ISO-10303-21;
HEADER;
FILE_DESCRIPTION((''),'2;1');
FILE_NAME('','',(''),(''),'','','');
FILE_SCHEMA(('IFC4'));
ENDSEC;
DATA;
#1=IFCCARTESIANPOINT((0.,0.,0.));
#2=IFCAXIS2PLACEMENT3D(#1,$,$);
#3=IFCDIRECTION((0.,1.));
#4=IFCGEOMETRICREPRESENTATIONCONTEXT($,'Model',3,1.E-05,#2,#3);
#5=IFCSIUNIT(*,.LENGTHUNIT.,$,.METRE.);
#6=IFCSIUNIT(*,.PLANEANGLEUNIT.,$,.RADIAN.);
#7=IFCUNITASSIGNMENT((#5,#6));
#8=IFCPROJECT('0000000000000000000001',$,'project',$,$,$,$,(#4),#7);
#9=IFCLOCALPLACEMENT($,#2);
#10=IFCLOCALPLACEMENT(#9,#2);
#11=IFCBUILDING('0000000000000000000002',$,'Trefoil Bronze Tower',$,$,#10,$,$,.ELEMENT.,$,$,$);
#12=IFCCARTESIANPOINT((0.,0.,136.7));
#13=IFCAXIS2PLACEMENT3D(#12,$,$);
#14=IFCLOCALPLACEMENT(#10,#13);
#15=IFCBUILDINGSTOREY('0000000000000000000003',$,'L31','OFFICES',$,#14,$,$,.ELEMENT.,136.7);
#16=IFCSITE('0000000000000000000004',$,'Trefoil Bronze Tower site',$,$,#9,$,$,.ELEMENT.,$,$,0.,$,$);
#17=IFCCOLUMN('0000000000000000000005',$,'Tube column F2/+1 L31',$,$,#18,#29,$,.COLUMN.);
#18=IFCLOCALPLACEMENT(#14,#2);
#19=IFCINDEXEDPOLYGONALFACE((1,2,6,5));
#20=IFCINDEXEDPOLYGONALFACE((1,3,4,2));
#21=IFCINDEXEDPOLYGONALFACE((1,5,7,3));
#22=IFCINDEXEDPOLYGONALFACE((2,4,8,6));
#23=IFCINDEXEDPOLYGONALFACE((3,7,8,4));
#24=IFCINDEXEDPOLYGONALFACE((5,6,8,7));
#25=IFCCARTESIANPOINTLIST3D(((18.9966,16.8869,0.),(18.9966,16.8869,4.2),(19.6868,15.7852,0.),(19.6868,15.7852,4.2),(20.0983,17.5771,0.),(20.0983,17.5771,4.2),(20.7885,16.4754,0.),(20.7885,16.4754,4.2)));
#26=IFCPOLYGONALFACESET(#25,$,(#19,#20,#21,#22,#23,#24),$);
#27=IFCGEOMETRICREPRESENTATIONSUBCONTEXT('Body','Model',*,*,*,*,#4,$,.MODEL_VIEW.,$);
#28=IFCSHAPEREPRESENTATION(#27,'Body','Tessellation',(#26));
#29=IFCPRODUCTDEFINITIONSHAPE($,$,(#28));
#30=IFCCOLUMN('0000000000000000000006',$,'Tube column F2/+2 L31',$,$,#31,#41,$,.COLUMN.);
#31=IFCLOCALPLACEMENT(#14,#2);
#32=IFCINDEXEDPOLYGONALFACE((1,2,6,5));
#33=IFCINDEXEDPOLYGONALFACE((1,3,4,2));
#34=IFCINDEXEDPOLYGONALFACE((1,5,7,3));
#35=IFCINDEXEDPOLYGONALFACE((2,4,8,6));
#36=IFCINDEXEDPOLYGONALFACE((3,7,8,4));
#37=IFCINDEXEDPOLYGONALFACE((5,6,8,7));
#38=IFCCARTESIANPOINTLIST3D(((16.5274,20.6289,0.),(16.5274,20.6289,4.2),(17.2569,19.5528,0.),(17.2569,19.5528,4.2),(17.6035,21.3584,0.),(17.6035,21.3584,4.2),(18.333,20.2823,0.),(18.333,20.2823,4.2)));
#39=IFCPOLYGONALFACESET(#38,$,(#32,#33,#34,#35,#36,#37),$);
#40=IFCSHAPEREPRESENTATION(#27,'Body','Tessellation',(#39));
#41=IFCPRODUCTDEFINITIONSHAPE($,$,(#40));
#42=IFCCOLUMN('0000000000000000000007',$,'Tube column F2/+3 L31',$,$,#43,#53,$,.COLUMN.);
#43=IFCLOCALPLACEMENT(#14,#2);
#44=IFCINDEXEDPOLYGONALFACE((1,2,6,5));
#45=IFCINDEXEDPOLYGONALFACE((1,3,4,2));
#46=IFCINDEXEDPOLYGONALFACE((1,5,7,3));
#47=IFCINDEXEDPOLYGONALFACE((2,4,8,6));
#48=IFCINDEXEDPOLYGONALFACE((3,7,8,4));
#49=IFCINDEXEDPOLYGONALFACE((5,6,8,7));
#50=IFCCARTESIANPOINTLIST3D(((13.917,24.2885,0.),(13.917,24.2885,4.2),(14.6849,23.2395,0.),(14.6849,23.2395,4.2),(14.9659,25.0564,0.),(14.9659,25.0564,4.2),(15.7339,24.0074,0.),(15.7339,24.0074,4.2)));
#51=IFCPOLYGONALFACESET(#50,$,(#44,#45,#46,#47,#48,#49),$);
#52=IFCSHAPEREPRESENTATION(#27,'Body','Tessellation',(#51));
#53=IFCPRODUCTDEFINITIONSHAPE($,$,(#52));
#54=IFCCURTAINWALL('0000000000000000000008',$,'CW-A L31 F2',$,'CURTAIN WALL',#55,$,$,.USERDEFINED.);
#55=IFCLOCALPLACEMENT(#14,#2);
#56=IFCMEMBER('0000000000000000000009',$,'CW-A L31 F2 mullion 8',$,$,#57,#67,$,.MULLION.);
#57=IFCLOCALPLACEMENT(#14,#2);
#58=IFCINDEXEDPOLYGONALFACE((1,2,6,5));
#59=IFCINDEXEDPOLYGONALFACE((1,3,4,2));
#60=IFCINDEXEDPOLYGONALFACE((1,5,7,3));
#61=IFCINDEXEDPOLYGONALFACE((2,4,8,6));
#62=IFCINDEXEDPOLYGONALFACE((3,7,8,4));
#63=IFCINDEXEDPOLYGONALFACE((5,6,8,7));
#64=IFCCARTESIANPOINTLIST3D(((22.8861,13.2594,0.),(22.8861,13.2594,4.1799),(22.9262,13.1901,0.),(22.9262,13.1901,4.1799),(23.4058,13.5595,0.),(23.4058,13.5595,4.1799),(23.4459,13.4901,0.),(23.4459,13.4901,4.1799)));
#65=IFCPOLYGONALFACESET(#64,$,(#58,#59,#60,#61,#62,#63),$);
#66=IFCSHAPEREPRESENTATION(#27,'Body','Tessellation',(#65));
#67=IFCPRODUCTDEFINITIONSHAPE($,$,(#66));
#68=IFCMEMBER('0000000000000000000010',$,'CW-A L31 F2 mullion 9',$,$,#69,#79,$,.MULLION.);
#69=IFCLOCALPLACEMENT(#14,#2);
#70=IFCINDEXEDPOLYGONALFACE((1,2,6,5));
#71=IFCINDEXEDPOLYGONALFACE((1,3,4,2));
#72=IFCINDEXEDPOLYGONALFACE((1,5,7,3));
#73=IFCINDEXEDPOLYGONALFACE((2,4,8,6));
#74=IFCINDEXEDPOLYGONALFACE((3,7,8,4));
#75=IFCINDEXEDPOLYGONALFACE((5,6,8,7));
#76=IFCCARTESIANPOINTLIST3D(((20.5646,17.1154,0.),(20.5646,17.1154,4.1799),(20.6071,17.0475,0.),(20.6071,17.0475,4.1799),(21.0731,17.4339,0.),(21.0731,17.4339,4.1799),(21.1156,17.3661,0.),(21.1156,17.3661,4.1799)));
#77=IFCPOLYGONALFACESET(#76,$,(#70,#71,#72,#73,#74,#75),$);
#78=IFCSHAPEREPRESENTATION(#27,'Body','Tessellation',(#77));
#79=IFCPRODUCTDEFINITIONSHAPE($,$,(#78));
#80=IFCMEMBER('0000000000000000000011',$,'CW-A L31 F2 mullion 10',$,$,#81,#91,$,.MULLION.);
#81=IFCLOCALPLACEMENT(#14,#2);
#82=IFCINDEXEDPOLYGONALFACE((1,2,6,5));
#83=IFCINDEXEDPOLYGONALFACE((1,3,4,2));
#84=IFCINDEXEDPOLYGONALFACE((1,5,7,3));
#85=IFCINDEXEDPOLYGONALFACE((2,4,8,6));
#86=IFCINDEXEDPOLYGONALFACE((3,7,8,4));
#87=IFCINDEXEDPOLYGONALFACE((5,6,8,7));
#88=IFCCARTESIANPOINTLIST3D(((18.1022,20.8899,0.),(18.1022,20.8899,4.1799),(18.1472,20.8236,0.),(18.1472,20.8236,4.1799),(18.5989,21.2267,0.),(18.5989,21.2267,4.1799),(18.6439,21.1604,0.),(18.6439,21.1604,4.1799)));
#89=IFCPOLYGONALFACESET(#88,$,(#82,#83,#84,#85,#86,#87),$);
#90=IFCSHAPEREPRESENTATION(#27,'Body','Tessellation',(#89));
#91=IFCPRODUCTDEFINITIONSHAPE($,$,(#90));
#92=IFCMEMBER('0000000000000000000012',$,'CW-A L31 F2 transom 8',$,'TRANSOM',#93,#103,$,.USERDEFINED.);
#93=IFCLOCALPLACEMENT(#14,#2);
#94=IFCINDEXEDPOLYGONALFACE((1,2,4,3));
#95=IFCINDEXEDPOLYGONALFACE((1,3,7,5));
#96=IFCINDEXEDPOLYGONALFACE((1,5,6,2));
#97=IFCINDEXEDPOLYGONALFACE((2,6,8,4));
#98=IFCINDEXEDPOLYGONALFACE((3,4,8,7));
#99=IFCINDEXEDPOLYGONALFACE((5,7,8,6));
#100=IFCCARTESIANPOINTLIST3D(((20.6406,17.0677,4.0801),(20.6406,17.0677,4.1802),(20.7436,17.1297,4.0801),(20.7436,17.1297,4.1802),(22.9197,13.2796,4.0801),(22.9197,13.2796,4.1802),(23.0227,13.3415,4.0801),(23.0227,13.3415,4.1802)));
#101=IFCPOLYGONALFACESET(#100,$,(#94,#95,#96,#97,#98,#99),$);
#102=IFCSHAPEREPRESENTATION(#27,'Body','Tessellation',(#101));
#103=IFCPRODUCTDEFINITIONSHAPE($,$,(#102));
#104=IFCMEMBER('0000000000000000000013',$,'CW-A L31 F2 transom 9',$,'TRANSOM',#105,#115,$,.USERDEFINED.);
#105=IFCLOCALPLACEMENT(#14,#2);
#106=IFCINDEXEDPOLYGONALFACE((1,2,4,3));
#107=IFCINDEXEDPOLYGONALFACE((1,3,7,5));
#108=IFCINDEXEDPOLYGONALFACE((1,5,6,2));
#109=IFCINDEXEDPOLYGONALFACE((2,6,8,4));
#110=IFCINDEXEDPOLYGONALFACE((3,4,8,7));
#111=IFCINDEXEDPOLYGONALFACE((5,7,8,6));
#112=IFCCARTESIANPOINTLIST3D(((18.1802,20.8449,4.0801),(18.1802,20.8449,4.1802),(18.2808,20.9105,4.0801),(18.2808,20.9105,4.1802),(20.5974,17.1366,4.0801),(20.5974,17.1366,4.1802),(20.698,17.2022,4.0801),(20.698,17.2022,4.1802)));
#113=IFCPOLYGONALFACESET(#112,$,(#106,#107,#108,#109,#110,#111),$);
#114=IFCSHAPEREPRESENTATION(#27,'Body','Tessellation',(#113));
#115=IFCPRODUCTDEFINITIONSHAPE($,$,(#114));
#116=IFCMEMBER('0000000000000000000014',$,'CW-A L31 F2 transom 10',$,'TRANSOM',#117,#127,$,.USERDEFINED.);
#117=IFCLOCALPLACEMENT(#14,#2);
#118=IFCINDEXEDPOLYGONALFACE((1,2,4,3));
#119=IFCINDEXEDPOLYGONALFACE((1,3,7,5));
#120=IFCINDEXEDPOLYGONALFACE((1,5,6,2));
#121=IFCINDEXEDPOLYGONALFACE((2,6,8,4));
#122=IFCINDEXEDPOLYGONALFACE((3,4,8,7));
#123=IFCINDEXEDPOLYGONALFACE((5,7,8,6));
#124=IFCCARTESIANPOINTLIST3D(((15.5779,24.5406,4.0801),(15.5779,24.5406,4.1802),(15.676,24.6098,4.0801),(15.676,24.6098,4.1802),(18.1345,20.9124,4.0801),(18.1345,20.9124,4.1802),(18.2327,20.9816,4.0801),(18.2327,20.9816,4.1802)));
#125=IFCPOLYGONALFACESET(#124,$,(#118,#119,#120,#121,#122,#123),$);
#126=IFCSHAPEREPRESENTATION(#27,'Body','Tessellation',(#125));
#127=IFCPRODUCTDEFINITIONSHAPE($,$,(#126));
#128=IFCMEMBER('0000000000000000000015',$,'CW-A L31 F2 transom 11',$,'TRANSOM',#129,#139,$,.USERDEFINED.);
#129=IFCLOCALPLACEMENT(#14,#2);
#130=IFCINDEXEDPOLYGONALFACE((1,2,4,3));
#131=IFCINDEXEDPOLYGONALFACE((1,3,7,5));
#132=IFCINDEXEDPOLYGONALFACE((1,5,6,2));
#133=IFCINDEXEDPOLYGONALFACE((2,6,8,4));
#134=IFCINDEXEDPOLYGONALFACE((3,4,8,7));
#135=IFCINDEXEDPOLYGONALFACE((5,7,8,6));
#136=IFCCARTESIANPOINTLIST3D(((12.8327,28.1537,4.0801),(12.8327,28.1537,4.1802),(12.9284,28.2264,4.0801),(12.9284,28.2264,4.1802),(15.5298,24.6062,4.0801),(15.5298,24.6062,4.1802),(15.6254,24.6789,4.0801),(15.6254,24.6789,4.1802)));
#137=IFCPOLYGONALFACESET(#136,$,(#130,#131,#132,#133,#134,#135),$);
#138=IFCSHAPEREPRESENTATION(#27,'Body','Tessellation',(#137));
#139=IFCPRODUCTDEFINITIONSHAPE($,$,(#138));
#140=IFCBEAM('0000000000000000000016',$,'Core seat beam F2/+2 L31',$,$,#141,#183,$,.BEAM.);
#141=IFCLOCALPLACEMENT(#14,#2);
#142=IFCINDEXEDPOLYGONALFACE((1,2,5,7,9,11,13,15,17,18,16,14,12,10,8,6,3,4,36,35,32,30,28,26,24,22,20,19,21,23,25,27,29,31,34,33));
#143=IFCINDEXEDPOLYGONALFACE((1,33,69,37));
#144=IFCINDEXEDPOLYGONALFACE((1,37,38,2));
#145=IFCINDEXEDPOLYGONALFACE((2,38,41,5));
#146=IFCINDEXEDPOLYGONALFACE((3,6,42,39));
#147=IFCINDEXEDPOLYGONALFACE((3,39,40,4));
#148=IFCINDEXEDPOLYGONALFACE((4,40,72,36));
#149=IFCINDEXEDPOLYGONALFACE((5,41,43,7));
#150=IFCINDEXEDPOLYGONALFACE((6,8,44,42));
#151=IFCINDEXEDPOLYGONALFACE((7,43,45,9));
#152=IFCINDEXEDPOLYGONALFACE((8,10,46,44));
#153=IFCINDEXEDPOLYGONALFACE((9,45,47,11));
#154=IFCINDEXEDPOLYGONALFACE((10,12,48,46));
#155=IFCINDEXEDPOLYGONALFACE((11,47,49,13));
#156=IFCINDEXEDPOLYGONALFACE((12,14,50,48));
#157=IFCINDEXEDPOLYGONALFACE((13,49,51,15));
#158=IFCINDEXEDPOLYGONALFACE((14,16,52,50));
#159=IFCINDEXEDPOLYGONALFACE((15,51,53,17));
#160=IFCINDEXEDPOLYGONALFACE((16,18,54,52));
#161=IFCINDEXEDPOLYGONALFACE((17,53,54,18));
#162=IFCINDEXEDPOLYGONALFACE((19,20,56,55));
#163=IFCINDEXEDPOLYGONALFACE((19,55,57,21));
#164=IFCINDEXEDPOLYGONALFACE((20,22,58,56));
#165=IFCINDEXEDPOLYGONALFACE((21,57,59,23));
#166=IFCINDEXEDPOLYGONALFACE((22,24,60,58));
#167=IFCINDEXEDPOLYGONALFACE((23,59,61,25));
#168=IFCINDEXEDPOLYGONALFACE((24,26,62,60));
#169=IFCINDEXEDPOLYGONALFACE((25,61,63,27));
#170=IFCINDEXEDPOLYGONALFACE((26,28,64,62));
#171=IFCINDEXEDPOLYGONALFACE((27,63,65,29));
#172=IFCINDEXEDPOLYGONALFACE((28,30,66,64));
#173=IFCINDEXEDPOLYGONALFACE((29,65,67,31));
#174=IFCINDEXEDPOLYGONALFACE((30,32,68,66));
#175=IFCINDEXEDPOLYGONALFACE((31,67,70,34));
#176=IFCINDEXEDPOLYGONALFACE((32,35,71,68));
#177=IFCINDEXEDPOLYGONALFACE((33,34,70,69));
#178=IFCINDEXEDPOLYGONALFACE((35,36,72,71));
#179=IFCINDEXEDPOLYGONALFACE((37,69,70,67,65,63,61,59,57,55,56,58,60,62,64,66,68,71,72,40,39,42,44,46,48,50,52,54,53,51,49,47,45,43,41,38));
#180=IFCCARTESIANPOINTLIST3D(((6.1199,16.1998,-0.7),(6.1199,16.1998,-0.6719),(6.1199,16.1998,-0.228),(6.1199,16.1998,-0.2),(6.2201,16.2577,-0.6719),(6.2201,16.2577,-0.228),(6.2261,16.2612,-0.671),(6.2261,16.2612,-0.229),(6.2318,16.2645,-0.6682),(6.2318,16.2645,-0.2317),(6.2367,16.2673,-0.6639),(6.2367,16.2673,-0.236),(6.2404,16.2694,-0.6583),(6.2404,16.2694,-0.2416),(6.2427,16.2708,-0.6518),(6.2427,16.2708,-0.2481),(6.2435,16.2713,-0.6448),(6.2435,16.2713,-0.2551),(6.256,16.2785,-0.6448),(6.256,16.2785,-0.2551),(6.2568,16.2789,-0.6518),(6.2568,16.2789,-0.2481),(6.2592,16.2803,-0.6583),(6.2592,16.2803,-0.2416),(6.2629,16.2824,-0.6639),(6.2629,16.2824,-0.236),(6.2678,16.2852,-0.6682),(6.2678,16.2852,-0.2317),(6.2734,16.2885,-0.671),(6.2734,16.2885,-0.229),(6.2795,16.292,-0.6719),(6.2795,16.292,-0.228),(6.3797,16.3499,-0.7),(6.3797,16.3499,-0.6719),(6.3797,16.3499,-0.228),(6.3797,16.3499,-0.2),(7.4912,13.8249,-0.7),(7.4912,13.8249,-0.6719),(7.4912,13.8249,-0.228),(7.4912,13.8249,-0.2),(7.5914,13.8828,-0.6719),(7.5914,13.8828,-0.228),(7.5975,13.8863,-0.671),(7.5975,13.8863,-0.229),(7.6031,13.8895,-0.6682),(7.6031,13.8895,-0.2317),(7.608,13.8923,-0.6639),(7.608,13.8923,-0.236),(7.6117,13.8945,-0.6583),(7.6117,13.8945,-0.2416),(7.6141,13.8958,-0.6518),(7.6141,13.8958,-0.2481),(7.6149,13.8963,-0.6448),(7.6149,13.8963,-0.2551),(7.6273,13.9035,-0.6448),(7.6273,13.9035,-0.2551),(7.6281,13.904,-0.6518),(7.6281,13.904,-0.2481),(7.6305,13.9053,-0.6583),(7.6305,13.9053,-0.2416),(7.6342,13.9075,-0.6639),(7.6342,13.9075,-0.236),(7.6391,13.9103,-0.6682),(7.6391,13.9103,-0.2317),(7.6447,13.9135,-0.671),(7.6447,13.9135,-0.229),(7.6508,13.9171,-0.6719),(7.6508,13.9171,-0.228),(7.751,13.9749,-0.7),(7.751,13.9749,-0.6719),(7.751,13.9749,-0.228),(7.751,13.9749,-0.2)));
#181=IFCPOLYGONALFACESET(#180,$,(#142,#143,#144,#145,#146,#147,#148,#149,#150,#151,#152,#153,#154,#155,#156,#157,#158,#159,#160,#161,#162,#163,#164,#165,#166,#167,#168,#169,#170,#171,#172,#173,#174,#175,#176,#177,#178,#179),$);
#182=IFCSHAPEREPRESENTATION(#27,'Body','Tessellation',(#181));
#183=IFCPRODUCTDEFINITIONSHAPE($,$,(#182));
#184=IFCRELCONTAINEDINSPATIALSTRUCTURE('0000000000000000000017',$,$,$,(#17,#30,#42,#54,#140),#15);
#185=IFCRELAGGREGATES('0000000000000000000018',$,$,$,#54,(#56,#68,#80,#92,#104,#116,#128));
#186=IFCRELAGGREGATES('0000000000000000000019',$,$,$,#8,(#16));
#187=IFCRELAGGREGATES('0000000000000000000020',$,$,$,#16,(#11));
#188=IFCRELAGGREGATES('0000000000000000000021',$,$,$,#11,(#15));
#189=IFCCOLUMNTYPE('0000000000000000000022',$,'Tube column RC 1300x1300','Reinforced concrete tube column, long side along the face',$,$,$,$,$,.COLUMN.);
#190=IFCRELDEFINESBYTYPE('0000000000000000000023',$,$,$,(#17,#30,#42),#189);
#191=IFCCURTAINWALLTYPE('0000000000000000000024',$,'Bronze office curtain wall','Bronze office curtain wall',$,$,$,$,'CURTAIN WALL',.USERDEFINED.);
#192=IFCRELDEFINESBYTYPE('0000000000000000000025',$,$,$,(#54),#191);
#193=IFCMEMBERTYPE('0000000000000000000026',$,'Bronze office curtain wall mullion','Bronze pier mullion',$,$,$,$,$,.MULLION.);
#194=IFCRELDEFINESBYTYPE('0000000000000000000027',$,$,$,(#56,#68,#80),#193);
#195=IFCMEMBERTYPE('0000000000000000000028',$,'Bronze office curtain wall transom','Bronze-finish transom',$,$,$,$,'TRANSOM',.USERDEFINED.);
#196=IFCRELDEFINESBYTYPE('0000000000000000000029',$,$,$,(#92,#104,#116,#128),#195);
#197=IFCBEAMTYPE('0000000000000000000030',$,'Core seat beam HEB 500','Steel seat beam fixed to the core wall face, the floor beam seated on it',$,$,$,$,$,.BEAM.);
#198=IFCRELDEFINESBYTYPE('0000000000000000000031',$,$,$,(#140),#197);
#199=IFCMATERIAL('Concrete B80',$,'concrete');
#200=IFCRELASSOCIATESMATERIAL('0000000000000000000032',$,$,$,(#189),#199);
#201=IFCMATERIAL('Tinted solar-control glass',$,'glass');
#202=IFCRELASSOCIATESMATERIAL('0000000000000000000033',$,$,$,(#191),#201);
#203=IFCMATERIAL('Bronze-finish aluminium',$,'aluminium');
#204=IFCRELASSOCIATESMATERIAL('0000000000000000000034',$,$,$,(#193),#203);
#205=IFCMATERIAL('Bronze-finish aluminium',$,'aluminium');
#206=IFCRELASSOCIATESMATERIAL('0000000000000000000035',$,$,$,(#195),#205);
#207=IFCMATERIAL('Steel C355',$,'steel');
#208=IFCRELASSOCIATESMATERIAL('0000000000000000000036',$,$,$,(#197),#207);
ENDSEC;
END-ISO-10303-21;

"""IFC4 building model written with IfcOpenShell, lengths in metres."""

from ifc_helpers import new_model, si_unit, direction, frame, origin, origin_2d, place, context, subcontext, project, spatial, rectangle, i_section, extrude, material, material_profile, profile_set, type_object, element, aggregate, save


model = new_model("IFC4")

# Units and contexts
model_context = context("Model", 3, precision=1e-05, world=origin(), true_north=direction((0.0, 1.0)))
body_context = subcontext(model_context, "Body", "Model", "MODEL_VIEW")
ifc_project = project(units=[si_unit("LENGTHUNIT", "METRE"), si_unit("PLANEANGLEUNIT", "RADIAN")], contexts=[model_context])

# Site, building, storey
site_placement = place(None, origin())
site = spatial("IfcSite", under=ifc_project, at=site_placement, Name="Trefoil Bronze Tower site", CompositionType="ELEMENT", RefElevation=0.0)
building_placement = place(site_placement, origin())
building = spatial("IfcBuilding", under=site, at=building_placement, Name="Trefoil Bronze Tower", CompositionType="ELEMENT")
storey_placement = place(building_placement, frame((0.0, 0.0, 136.7)))
storey = spatial("IfcBuildingStorey", under=building, at=storey_placement, Name="L31", Description="OFFICES", CompositionType="ELEMENT", Elevation=136.7)

# Columns
ifc_material_1 = material(Name="Concrete B80", Category="concrete")
ifc_material_profile_1 = material_profile(ifc_material_1, rectangle(XDim=1.3, YDim=1.3, at=origin_2d()), Name="RC 1300x1300")
ifc_profile_set_1 = profile_set([ifc_material_profile_1], Name="Concrete B80")
column_type = type_object("IfcColumnType", Name="Tube column RC 1300x1300", Description="Reinforced concrete tube column, long side along the face", PredefinedType="COLUMN", material=ifc_profile_set_1)
for number, where, z_axis, x_axis, name in (
    (1, (19.8926, 16.6812, 0.0), (0.0, 0.0, 1.0), (-0.530893, 0.847439, 0.0), "Tube column F2/+1 L31"),
    (2, (17.4302, 20.4556, 0.0), (0.0, 0.0, 1.0), (-0.561136, 0.827724, 0.0), "Tube column F2/+2 L31"),
    (3, (14.8254, 24.1479, 0.0), (0.0, 0.0, 1.0), (-0.590723, 0.806875, 0.0), "Tube column F2/+3 L31"),
):
    element("IfcColumn", number, at=place(storey_placement, frame(where, z_axis=z_axis, x_axis=x_axis)), inside=storey, type_object=column_type, Name=name, PredefinedType="COLUMN", context=body_context, shape_type="SweptSolid", body=[
        extrude(rectangle(XDim=1.3, YDim=1.3, at=origin_2d()), origin(), (0.0, 0.0, 1.0), 4.2),
    ])

# Curtain wall, members
ifc_material_2 = material(Name="Tinted solar-control glass", Category="glass")
curtain_wall_type = type_object("IfcCurtainWallType", Name="Bronze office curtain wall", Description="Bronze office curtain wall", ElementType="CURTAIN WALL", PredefinedType="USERDEFINED", material=ifc_material_2)
curtain_wall_placement = place(storey_placement, origin())
curtain_wall = element("IfcCurtainWall", 4, at=curtain_wall_placement, inside=storey, type_object=curtain_wall_type, Name="CW-A L31 F2", ObjectType="CURTAIN WALL", PredefinedType="USERDEFINED")
ifc_material_3 = material(Name="Bronze-finish aluminium", Category="aluminium")
ifc_material_profile_2 = material_profile(ifc_material_3, rectangle(XDim=0.6001, YDim=0.0801, at=origin_2d()), Name="CW-A mullion")
ifc_profile_set_2 = profile_set([ifc_material_profile_2], Name="Bronze-finish aluminium")
member_type_1 = type_object("IfcMemberType", Name="Bronze office curtain wall mullion", Description="Bronze pier mullion", PredefinedType="MULLION", material=ifc_profile_set_2)
member_1_placement = place(storey_placement, frame((23.166, 13.3748, 0.0), z_axis=(0.0, 0.0, 1.0), x_axis=(-0.866025, -0.5, 0.0)))
member_1 = element("IfcMember", 5, at=member_1_placement, type_object=member_type_1, Name="CW-A L31 F2 mullion 8", PredefinedType="MULLION", context=body_context, shape_type="SweptSolid", body=[
    extrude(rectangle(XDim=0.6001, YDim=0.0801, at=origin_2d()), origin(), (0.0, 0.0, 1.0), 4.1799),
])
member_2_placement = place(storey_placement, frame((20.8401, 17.2407, 0.0), z_axis=(0.0, 0.0, 1.0), x_axis=(-0.847439, -0.530893, 0.0)))
member_2 = element("IfcMember", 6, at=member_2_placement, type_object=member_type_1, Name="CW-A L31 F2 mullion 9", PredefinedType="MULLION", context=body_context, shape_type="SweptSolid", body=[
    extrude(rectangle(XDim=0.6001, YDim=0.0801, at=origin_2d()), origin(), (0.0, 0.0, 1.0), 4.1799),
])
member_3_placement = place(storey_placement, frame((18.373, 21.0251, 0.0), z_axis=(0.0, 0.0, 1.0), x_axis=(-0.827724, -0.561136, 0.0)))
member_3 = element("IfcMember", 7, at=member_3_placement, type_object=member_type_1, Name="CW-A L31 F2 mullion 10", PredefinedType="MULLION", context=body_context, shape_type="SweptSolid", body=[
    extrude(rectangle(XDim=0.6001, YDim=0.0801, at=origin_2d()), origin(), (0.0, 0.0, 1.0), 4.1799),
])
ifc_material_4 = material(Name="Bronze-finish aluminium", Category="aluminium")
ifc_material_profile_3 = material_profile(ifc_material_4, rectangle(XDim=0.1201, YDim=0.1001, at=origin_2d()), Name="CW-A transom")
ifc_profile_set_3 = profile_set([ifc_material_profile_3], Name="Bronze-finish aluminium")
member_type_2 = type_object("IfcMemberType", Name="Bronze office curtain wall transom", Description="Bronze-finish transom", ElementType="TRANSOM", PredefinedType="USERDEFINED", material=ifc_profile_set_3)
member_4_placement = place(storey_placement, frame((22.9712, 13.3105, 4.1301), z_axis=(-0.515527, 0.856873, 0.0), x_axis=(-0.856873, -0.515527, 0.0)))
member_4 = element("IfcMember", 8, at=member_4_placement, type_object=member_type_2, Name="CW-A L31 F2 transom 8", ObjectType="TRANSOM", PredefinedType="USERDEFINED", context=body_context, shape_type="SweptSolid", body=[
    extrude(rectangle(XDim=0.1201, YDim=0.1001, at=origin_2d()), origin(), (0.0, 0.0, 1.0), 4.4209),
])
member_5_placement = place(storey_placement, frame((20.6477, 17.1694, 4.1301), z_axis=(-0.546079, 0.837733, 0.0), x_axis=(-0.837733, -0.546079, 0.0)))
member_5 = element("IfcMember", 9, at=member_5_placement, type_object=member_type_2, Name="CW-A L31 F2 transom 9", ObjectType="TRANSOM", PredefinedType="USERDEFINED", context=body_context, shape_type="SweptSolid", body=[
    extrude(rectangle(XDim=0.1201, YDim=0.1001, at=origin_2d()), origin(), (0.0, 0.0, 1.0), 4.4265),
])
member_6_placement = place(storey_placement, frame((18.1836, 20.947, 4.1301), z_axis=(-0.576018, 0.817437, 0.0), x_axis=(-0.817437, -0.576018, 0.0)))
member_6 = element("IfcMember", 10, at=member_6_placement, type_object=member_type_2, Name="CW-A L31 F2 transom 10", ObjectType="TRANSOM", PredefinedType="USERDEFINED", context=body_context, shape_type="SweptSolid", body=[
    extrude(rectangle(XDim=0.1201, YDim=0.1001, at=origin_2d()), origin(), (0.0, 0.0, 1.0), 4.4385),
])
member_7_placement = place(storey_placement, frame((15.5776, 24.6426, 4.1301), z_axis=(-0.605229, 0.796051, 0.0), x_axis=(-0.796051, -0.605229, 0.0)))
member_7 = element("IfcMember", 11, at=member_7_placement, type_object=member_type_2, Name="CW-A L31 F2 transom 11", ObjectType="TRANSOM", PredefinedType="USERDEFINED", context=body_context, shape_type="SweptSolid", body=[
    extrude(rectangle(XDim=0.1201, YDim=0.1001, at=origin_2d()), origin(), (0.0, 0.0, 1.0), 4.4563),
])

# Beam
ifc_material_5 = material(Name="Steel C355", Category="steel")
ifc_material_profile_4 = material_profile(ifc_material_5, i_section(OverallWidth=0.3, OverallDepth=0.5, WebThickness=0.0144, FlangeThickness=0.0281, FilletRadius=0.0271, at=origin_2d()), Name="HEB 500")
ifc_profile_set_4 = profile_set([ifc_material_profile_4], Name="Steel C355")
beam_type_1 = type_object("IfcBeamType", Name="Core seat beam HEB 500", Description="Steel seat beam fixed to the core wall face, the floor beam seated on it", PredefinedType="BEAM", material=ifc_profile_set_4)
beam_1_placement = place(storey_placement, frame((7.6211, 13.8999, -0.45), z_axis=(-0.500036, 0.866005, 0.0), x_axis=(-0.866005, -0.500036, 0.0)))
element("IfcBeam", 12, at=beam_1_placement, inside=storey, type_object=beam_type_1, Name="Core seat beam F2/+2 L31", PredefinedType="BEAM", context=body_context, shape_type="SweptSolid", body=[
    extrude(i_section(OverallWidth=0.3, OverallDepth=0.5, WebThickness=0.0144, FlangeThickness=0.0281, FilletRadius=0.0271, at=origin_2d()), origin(), (0.0, 0.0, 1.0), 2.7424),
])

aggregate(curtain_wall, [member_1, member_2, member_3, member_4, member_5, member_6, member_7])

save(model, "model.ifc")
